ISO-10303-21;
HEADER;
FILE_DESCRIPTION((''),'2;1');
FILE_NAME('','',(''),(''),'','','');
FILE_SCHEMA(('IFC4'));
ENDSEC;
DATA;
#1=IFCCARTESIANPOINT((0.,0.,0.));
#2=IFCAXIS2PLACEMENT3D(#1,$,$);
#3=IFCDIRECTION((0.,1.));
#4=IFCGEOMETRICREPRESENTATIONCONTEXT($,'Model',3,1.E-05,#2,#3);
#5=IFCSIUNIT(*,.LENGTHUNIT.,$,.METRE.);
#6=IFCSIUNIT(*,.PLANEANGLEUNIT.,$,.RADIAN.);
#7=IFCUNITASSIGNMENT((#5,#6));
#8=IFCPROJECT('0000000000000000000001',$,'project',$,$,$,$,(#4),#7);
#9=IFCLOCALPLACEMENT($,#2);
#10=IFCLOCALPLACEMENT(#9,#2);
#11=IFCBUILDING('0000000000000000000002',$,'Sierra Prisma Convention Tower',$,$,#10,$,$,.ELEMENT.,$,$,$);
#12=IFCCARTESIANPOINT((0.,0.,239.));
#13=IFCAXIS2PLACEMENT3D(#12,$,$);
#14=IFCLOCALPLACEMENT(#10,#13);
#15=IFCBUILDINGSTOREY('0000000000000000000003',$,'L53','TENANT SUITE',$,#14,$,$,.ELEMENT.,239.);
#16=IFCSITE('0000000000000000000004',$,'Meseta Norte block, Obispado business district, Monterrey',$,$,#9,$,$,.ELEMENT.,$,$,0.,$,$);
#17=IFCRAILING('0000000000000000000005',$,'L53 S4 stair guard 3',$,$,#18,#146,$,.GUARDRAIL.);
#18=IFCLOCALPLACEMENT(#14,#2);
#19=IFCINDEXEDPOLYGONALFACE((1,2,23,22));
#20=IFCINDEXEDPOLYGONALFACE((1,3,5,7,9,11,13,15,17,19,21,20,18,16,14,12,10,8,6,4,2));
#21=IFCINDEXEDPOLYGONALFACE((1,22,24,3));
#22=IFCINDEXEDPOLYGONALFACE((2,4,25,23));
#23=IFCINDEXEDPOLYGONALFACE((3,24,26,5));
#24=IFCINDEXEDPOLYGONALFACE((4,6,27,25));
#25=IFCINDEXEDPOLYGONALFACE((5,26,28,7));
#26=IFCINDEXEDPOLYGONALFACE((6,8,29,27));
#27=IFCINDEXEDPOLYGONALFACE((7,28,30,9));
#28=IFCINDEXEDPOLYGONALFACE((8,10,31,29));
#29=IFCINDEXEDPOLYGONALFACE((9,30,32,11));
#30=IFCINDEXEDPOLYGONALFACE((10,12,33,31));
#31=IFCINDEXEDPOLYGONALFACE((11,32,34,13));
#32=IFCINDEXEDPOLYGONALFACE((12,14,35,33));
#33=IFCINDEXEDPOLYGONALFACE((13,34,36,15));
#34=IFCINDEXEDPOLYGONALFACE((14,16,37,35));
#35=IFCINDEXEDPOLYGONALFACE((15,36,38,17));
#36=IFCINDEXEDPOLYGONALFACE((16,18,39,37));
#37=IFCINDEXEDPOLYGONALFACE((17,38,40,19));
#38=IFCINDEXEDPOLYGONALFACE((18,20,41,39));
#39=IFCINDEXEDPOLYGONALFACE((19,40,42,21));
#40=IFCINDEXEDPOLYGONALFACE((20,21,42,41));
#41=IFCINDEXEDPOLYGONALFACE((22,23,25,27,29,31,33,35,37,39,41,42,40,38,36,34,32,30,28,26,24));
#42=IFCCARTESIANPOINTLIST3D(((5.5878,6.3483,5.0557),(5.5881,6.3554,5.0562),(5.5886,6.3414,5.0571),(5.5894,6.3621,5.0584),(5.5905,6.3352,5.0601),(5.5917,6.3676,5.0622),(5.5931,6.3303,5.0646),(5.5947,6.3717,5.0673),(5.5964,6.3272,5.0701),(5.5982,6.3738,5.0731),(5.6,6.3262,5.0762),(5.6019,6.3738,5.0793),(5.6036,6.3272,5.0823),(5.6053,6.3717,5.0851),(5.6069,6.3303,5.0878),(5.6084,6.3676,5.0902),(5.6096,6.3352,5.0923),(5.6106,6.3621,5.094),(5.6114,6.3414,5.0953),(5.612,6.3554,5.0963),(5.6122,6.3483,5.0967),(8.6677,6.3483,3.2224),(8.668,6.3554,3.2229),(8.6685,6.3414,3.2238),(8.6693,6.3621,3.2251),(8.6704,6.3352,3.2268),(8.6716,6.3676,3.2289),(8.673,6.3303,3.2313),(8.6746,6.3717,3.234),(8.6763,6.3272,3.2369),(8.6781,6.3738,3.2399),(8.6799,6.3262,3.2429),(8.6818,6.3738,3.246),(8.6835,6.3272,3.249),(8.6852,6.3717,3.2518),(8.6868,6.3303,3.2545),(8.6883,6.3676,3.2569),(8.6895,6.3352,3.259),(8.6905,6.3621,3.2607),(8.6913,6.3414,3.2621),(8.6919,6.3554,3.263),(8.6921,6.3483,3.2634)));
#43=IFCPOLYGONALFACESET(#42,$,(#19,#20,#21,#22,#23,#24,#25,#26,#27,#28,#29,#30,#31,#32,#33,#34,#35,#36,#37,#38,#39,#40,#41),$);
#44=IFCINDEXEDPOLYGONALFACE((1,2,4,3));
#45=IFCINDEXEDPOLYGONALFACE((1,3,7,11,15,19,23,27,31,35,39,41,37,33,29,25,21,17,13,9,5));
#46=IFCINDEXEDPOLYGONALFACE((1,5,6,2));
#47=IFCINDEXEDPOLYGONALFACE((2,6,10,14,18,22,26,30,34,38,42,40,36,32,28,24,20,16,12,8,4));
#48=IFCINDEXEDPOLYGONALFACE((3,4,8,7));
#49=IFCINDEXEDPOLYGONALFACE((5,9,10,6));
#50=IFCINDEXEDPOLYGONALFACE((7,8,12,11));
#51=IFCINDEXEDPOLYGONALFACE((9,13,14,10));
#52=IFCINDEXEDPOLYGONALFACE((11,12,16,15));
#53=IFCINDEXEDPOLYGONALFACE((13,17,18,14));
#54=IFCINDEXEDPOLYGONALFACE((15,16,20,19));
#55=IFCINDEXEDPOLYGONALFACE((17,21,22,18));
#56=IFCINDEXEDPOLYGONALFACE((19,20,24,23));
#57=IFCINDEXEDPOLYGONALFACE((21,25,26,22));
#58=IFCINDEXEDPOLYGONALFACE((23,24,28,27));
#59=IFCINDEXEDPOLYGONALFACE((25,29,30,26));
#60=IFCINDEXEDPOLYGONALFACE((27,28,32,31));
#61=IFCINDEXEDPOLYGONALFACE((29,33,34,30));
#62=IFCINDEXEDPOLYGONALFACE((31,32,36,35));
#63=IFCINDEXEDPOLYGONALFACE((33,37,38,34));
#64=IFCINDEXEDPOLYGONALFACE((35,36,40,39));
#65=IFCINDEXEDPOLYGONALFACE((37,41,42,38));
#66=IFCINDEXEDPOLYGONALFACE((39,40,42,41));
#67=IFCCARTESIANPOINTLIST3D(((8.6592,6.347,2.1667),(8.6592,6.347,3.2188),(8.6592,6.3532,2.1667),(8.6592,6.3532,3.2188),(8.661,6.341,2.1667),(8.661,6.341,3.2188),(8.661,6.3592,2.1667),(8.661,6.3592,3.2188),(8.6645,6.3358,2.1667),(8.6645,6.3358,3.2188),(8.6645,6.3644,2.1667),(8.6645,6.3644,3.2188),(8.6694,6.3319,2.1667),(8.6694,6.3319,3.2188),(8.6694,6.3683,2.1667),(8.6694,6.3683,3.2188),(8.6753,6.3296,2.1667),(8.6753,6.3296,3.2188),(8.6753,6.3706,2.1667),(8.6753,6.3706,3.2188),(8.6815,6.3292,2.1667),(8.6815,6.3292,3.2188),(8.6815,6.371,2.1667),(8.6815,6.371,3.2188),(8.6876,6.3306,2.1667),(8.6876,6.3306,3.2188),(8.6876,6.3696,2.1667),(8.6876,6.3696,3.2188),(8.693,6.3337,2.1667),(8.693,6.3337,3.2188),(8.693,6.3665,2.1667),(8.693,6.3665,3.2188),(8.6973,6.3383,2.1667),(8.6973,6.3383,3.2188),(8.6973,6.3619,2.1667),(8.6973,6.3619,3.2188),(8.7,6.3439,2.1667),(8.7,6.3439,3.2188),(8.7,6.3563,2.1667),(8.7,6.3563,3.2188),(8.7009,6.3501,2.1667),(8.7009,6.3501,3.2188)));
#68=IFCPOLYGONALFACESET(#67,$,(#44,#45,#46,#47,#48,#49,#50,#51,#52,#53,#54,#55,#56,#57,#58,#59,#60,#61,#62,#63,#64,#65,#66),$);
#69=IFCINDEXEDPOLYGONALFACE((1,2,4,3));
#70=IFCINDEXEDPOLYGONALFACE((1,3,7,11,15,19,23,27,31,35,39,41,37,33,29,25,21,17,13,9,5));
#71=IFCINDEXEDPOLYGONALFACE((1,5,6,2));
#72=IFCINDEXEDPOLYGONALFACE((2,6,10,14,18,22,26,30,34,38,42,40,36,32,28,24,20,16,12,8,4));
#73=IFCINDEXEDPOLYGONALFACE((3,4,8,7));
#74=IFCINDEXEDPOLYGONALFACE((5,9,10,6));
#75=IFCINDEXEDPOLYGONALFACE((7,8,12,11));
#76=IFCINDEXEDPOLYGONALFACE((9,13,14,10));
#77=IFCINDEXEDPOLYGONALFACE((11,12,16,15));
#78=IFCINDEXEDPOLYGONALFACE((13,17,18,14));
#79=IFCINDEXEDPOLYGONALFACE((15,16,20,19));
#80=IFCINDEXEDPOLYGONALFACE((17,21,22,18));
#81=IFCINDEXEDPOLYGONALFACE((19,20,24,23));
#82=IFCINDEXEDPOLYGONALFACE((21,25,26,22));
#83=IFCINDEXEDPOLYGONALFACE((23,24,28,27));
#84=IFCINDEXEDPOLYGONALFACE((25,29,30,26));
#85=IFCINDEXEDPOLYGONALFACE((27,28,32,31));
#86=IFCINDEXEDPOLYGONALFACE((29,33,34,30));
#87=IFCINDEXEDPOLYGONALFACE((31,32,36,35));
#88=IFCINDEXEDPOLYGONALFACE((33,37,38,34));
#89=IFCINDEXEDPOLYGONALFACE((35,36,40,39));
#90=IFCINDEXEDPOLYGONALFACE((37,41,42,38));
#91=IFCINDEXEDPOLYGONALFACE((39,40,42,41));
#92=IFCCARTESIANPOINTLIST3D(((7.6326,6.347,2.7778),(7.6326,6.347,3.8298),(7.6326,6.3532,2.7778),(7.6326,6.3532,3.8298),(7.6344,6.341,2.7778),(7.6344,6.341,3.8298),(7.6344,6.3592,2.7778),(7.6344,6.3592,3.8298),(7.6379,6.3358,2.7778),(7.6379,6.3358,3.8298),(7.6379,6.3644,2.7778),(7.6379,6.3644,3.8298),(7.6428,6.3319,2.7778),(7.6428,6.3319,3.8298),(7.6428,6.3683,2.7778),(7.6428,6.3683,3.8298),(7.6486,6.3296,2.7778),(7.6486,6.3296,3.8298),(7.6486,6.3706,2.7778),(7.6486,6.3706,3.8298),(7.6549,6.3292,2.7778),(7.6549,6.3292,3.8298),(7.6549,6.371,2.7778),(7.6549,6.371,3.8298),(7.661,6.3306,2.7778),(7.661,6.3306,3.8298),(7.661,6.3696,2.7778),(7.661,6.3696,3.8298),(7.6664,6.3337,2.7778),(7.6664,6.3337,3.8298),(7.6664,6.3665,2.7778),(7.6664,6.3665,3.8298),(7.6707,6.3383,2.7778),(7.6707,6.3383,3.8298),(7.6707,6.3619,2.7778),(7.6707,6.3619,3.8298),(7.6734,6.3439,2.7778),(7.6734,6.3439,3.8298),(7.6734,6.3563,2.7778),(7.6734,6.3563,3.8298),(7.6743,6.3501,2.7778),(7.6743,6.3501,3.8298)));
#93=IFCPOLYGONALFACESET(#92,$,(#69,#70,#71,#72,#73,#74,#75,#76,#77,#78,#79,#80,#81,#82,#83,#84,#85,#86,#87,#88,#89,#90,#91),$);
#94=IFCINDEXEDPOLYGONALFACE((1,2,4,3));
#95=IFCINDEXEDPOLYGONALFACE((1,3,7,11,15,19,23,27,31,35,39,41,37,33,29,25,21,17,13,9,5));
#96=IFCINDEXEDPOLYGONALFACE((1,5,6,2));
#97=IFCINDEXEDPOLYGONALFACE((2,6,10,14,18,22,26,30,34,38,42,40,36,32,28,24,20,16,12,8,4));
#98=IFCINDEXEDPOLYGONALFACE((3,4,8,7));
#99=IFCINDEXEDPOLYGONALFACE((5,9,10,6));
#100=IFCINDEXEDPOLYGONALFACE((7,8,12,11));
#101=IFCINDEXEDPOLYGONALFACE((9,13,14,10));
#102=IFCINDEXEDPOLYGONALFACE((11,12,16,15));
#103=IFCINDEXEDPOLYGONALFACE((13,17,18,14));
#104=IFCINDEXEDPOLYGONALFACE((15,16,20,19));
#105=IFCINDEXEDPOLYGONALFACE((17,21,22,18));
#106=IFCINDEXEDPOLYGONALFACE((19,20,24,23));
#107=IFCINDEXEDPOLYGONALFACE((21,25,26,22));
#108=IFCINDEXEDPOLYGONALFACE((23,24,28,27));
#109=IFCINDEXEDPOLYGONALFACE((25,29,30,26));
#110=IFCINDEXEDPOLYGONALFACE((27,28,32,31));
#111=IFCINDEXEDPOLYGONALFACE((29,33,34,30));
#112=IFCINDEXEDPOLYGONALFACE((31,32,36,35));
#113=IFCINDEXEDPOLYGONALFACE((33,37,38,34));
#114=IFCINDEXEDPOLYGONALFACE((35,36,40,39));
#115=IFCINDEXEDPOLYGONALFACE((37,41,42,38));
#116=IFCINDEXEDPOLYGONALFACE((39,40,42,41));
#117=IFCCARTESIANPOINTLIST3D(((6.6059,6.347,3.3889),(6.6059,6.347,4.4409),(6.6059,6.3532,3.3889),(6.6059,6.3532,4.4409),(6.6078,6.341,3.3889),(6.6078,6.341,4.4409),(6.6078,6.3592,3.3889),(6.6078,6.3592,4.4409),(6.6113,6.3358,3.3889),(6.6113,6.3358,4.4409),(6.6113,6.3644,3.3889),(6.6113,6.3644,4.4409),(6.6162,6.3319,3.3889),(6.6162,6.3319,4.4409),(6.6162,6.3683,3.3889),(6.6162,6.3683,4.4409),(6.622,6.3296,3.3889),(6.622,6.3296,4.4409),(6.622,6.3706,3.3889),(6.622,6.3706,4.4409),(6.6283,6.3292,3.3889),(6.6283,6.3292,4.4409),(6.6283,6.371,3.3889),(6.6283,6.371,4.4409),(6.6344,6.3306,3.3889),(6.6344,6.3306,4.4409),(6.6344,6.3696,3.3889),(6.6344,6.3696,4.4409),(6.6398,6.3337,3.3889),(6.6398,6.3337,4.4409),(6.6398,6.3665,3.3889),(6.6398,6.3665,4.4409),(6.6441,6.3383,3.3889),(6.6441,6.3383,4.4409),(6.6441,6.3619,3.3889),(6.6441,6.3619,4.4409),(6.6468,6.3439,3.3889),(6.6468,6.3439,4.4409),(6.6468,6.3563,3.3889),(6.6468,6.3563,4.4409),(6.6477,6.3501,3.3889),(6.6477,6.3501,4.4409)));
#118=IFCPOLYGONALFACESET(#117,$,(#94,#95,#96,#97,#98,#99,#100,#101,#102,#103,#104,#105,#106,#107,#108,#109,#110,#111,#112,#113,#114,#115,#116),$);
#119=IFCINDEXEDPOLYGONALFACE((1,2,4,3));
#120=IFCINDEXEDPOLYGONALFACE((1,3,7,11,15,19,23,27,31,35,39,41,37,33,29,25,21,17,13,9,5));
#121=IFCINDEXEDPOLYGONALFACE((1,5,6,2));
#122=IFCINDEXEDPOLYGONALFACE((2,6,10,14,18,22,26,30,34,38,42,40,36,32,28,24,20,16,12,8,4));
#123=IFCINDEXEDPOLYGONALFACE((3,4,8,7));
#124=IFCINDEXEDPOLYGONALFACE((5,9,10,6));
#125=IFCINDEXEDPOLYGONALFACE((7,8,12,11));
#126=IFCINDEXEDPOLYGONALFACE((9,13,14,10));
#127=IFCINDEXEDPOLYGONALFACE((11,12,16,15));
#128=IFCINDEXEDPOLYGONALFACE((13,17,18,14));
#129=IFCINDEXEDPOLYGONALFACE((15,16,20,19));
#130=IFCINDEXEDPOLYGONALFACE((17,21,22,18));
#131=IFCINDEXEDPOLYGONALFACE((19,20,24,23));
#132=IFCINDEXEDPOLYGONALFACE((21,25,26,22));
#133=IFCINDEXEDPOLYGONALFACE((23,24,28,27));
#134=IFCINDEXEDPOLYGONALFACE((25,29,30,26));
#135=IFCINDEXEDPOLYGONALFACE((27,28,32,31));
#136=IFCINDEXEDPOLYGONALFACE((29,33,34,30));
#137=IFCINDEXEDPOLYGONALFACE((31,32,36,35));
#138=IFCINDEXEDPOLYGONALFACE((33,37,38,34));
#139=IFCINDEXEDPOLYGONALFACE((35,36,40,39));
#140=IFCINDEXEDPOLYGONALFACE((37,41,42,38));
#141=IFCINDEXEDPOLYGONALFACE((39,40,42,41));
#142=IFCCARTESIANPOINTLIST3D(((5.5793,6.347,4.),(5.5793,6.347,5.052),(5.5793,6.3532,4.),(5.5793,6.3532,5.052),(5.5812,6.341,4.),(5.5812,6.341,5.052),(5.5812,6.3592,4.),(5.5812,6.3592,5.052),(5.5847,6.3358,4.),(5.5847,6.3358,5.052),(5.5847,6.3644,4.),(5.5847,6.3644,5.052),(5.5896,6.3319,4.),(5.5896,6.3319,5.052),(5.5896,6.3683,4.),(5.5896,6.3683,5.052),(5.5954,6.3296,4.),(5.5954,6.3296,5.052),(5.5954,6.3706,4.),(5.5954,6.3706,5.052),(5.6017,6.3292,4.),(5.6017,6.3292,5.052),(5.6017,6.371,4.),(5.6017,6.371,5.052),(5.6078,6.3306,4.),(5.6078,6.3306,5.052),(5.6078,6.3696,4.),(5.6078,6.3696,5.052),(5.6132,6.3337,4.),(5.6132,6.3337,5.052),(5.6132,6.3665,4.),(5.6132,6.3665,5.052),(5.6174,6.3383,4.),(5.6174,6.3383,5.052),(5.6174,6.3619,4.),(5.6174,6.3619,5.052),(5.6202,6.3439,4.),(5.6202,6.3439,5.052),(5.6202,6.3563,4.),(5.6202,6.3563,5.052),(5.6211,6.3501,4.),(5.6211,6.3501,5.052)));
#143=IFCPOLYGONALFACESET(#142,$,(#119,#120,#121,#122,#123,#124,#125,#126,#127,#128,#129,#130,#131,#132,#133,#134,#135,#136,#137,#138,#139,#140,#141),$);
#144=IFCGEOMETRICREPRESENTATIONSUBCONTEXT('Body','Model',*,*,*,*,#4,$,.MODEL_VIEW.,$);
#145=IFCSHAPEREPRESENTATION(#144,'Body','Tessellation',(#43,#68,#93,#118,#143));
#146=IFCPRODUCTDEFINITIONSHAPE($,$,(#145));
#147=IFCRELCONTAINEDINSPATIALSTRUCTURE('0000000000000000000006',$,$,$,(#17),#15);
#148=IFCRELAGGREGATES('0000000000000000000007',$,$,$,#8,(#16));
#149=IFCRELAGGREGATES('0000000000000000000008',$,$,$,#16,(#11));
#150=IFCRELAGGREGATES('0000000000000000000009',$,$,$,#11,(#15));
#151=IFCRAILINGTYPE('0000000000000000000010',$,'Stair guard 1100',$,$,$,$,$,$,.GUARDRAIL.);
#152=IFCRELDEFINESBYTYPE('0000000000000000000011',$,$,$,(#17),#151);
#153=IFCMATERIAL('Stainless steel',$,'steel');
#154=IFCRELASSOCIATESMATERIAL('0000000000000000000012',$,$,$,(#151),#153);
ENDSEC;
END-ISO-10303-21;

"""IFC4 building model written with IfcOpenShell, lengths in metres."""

from ifc_helpers import new_model, si_unit, direction, frame, origin, origin_2d, place, context, subcontext, project, spatial, circle, extrude, material, type_object, element, save


model = new_model("IFC4")

# Units and contexts
model_context = context("Model", 3, precision=1e-05, world=origin(), true_north=direction((0.0, 1.0)))
body_context = subcontext(model_context, "Body", "Model", "MODEL_VIEW")
ifc_project = project(units=[si_unit("LENGTHUNIT", "METRE"), si_unit("PLANEANGLEUNIT", "RADIAN")], contexts=[model_context])

# Site, building, storey
site_placement = place(None, origin())
site = spatial("IfcSite", under=ifc_project, at=site_placement, Name="Meseta Norte block, Obispado business district, Monterrey", CompositionType="ELEMENT", RefElevation=0.0)
building_placement = place(site_placement, origin())
building = spatial("IfcBuilding", under=site, at=building_placement, Name="Sierra Prisma Convention Tower", CompositionType="ELEMENT")
storey_placement = place(building_placement, frame((0.0, 0.0, 239.0)))
storey = spatial("IfcBuildingStorey", under=building, at=storey_placement, Name="L53", Description="TENANT SUITE", CompositionType="ELEMENT", Elevation=239.0)

# Railing
ifc_material_1 = material(Name="Stainless steel", Category="steel")
railing_type_1 = type_object("IfcRailingType", Name="Stair guard 1100", PredefinedType="GUARDRAIL", material=ifc_material_1)
railing_1_placement = place(storey_placement, frame((8.6799, 6.3501, 2.1667)))
element("IfcRailing", 1, at=railing_1_placement, inside=storey, type_object=railing_type_1, Name="L53 S4 stair guard 3", PredefinedType="GUARDRAIL", context=body_context, shape_type="SweptSolid", body=[
    extrude(circle(Radius=0.0239, at=origin_2d()), frame((0.0, 0.0, 1.0762), z_axis=(-0.859291, 0.0, 0.511487), x_axis=(0.0, -1.0, 0.0)), (0.0, 0.0, 1.0), 3.5842),
    extrude(circle(Radius=0.021, at=origin_2d()), origin(), (0.0, 0.0, 1.0), 1.052),
    extrude(circle(Radius=0.021, at=origin_2d()), frame((-1.0266, 0.0, 0.6111)), (0.0, 0.0, 1.0), 1.052),
    extrude(circle(Radius=0.021, at=origin_2d()), frame((-2.0532, 0.0, 1.2222)), (0.0, 0.0, 1.0), 1.052),
    extrude(circle(Radius=0.021, at=origin_2d()), frame((-3.0798, 0.0, 1.8333)), (0.0, 0.0, 1.0), 1.052),
])

save(model, "model.ifc")
